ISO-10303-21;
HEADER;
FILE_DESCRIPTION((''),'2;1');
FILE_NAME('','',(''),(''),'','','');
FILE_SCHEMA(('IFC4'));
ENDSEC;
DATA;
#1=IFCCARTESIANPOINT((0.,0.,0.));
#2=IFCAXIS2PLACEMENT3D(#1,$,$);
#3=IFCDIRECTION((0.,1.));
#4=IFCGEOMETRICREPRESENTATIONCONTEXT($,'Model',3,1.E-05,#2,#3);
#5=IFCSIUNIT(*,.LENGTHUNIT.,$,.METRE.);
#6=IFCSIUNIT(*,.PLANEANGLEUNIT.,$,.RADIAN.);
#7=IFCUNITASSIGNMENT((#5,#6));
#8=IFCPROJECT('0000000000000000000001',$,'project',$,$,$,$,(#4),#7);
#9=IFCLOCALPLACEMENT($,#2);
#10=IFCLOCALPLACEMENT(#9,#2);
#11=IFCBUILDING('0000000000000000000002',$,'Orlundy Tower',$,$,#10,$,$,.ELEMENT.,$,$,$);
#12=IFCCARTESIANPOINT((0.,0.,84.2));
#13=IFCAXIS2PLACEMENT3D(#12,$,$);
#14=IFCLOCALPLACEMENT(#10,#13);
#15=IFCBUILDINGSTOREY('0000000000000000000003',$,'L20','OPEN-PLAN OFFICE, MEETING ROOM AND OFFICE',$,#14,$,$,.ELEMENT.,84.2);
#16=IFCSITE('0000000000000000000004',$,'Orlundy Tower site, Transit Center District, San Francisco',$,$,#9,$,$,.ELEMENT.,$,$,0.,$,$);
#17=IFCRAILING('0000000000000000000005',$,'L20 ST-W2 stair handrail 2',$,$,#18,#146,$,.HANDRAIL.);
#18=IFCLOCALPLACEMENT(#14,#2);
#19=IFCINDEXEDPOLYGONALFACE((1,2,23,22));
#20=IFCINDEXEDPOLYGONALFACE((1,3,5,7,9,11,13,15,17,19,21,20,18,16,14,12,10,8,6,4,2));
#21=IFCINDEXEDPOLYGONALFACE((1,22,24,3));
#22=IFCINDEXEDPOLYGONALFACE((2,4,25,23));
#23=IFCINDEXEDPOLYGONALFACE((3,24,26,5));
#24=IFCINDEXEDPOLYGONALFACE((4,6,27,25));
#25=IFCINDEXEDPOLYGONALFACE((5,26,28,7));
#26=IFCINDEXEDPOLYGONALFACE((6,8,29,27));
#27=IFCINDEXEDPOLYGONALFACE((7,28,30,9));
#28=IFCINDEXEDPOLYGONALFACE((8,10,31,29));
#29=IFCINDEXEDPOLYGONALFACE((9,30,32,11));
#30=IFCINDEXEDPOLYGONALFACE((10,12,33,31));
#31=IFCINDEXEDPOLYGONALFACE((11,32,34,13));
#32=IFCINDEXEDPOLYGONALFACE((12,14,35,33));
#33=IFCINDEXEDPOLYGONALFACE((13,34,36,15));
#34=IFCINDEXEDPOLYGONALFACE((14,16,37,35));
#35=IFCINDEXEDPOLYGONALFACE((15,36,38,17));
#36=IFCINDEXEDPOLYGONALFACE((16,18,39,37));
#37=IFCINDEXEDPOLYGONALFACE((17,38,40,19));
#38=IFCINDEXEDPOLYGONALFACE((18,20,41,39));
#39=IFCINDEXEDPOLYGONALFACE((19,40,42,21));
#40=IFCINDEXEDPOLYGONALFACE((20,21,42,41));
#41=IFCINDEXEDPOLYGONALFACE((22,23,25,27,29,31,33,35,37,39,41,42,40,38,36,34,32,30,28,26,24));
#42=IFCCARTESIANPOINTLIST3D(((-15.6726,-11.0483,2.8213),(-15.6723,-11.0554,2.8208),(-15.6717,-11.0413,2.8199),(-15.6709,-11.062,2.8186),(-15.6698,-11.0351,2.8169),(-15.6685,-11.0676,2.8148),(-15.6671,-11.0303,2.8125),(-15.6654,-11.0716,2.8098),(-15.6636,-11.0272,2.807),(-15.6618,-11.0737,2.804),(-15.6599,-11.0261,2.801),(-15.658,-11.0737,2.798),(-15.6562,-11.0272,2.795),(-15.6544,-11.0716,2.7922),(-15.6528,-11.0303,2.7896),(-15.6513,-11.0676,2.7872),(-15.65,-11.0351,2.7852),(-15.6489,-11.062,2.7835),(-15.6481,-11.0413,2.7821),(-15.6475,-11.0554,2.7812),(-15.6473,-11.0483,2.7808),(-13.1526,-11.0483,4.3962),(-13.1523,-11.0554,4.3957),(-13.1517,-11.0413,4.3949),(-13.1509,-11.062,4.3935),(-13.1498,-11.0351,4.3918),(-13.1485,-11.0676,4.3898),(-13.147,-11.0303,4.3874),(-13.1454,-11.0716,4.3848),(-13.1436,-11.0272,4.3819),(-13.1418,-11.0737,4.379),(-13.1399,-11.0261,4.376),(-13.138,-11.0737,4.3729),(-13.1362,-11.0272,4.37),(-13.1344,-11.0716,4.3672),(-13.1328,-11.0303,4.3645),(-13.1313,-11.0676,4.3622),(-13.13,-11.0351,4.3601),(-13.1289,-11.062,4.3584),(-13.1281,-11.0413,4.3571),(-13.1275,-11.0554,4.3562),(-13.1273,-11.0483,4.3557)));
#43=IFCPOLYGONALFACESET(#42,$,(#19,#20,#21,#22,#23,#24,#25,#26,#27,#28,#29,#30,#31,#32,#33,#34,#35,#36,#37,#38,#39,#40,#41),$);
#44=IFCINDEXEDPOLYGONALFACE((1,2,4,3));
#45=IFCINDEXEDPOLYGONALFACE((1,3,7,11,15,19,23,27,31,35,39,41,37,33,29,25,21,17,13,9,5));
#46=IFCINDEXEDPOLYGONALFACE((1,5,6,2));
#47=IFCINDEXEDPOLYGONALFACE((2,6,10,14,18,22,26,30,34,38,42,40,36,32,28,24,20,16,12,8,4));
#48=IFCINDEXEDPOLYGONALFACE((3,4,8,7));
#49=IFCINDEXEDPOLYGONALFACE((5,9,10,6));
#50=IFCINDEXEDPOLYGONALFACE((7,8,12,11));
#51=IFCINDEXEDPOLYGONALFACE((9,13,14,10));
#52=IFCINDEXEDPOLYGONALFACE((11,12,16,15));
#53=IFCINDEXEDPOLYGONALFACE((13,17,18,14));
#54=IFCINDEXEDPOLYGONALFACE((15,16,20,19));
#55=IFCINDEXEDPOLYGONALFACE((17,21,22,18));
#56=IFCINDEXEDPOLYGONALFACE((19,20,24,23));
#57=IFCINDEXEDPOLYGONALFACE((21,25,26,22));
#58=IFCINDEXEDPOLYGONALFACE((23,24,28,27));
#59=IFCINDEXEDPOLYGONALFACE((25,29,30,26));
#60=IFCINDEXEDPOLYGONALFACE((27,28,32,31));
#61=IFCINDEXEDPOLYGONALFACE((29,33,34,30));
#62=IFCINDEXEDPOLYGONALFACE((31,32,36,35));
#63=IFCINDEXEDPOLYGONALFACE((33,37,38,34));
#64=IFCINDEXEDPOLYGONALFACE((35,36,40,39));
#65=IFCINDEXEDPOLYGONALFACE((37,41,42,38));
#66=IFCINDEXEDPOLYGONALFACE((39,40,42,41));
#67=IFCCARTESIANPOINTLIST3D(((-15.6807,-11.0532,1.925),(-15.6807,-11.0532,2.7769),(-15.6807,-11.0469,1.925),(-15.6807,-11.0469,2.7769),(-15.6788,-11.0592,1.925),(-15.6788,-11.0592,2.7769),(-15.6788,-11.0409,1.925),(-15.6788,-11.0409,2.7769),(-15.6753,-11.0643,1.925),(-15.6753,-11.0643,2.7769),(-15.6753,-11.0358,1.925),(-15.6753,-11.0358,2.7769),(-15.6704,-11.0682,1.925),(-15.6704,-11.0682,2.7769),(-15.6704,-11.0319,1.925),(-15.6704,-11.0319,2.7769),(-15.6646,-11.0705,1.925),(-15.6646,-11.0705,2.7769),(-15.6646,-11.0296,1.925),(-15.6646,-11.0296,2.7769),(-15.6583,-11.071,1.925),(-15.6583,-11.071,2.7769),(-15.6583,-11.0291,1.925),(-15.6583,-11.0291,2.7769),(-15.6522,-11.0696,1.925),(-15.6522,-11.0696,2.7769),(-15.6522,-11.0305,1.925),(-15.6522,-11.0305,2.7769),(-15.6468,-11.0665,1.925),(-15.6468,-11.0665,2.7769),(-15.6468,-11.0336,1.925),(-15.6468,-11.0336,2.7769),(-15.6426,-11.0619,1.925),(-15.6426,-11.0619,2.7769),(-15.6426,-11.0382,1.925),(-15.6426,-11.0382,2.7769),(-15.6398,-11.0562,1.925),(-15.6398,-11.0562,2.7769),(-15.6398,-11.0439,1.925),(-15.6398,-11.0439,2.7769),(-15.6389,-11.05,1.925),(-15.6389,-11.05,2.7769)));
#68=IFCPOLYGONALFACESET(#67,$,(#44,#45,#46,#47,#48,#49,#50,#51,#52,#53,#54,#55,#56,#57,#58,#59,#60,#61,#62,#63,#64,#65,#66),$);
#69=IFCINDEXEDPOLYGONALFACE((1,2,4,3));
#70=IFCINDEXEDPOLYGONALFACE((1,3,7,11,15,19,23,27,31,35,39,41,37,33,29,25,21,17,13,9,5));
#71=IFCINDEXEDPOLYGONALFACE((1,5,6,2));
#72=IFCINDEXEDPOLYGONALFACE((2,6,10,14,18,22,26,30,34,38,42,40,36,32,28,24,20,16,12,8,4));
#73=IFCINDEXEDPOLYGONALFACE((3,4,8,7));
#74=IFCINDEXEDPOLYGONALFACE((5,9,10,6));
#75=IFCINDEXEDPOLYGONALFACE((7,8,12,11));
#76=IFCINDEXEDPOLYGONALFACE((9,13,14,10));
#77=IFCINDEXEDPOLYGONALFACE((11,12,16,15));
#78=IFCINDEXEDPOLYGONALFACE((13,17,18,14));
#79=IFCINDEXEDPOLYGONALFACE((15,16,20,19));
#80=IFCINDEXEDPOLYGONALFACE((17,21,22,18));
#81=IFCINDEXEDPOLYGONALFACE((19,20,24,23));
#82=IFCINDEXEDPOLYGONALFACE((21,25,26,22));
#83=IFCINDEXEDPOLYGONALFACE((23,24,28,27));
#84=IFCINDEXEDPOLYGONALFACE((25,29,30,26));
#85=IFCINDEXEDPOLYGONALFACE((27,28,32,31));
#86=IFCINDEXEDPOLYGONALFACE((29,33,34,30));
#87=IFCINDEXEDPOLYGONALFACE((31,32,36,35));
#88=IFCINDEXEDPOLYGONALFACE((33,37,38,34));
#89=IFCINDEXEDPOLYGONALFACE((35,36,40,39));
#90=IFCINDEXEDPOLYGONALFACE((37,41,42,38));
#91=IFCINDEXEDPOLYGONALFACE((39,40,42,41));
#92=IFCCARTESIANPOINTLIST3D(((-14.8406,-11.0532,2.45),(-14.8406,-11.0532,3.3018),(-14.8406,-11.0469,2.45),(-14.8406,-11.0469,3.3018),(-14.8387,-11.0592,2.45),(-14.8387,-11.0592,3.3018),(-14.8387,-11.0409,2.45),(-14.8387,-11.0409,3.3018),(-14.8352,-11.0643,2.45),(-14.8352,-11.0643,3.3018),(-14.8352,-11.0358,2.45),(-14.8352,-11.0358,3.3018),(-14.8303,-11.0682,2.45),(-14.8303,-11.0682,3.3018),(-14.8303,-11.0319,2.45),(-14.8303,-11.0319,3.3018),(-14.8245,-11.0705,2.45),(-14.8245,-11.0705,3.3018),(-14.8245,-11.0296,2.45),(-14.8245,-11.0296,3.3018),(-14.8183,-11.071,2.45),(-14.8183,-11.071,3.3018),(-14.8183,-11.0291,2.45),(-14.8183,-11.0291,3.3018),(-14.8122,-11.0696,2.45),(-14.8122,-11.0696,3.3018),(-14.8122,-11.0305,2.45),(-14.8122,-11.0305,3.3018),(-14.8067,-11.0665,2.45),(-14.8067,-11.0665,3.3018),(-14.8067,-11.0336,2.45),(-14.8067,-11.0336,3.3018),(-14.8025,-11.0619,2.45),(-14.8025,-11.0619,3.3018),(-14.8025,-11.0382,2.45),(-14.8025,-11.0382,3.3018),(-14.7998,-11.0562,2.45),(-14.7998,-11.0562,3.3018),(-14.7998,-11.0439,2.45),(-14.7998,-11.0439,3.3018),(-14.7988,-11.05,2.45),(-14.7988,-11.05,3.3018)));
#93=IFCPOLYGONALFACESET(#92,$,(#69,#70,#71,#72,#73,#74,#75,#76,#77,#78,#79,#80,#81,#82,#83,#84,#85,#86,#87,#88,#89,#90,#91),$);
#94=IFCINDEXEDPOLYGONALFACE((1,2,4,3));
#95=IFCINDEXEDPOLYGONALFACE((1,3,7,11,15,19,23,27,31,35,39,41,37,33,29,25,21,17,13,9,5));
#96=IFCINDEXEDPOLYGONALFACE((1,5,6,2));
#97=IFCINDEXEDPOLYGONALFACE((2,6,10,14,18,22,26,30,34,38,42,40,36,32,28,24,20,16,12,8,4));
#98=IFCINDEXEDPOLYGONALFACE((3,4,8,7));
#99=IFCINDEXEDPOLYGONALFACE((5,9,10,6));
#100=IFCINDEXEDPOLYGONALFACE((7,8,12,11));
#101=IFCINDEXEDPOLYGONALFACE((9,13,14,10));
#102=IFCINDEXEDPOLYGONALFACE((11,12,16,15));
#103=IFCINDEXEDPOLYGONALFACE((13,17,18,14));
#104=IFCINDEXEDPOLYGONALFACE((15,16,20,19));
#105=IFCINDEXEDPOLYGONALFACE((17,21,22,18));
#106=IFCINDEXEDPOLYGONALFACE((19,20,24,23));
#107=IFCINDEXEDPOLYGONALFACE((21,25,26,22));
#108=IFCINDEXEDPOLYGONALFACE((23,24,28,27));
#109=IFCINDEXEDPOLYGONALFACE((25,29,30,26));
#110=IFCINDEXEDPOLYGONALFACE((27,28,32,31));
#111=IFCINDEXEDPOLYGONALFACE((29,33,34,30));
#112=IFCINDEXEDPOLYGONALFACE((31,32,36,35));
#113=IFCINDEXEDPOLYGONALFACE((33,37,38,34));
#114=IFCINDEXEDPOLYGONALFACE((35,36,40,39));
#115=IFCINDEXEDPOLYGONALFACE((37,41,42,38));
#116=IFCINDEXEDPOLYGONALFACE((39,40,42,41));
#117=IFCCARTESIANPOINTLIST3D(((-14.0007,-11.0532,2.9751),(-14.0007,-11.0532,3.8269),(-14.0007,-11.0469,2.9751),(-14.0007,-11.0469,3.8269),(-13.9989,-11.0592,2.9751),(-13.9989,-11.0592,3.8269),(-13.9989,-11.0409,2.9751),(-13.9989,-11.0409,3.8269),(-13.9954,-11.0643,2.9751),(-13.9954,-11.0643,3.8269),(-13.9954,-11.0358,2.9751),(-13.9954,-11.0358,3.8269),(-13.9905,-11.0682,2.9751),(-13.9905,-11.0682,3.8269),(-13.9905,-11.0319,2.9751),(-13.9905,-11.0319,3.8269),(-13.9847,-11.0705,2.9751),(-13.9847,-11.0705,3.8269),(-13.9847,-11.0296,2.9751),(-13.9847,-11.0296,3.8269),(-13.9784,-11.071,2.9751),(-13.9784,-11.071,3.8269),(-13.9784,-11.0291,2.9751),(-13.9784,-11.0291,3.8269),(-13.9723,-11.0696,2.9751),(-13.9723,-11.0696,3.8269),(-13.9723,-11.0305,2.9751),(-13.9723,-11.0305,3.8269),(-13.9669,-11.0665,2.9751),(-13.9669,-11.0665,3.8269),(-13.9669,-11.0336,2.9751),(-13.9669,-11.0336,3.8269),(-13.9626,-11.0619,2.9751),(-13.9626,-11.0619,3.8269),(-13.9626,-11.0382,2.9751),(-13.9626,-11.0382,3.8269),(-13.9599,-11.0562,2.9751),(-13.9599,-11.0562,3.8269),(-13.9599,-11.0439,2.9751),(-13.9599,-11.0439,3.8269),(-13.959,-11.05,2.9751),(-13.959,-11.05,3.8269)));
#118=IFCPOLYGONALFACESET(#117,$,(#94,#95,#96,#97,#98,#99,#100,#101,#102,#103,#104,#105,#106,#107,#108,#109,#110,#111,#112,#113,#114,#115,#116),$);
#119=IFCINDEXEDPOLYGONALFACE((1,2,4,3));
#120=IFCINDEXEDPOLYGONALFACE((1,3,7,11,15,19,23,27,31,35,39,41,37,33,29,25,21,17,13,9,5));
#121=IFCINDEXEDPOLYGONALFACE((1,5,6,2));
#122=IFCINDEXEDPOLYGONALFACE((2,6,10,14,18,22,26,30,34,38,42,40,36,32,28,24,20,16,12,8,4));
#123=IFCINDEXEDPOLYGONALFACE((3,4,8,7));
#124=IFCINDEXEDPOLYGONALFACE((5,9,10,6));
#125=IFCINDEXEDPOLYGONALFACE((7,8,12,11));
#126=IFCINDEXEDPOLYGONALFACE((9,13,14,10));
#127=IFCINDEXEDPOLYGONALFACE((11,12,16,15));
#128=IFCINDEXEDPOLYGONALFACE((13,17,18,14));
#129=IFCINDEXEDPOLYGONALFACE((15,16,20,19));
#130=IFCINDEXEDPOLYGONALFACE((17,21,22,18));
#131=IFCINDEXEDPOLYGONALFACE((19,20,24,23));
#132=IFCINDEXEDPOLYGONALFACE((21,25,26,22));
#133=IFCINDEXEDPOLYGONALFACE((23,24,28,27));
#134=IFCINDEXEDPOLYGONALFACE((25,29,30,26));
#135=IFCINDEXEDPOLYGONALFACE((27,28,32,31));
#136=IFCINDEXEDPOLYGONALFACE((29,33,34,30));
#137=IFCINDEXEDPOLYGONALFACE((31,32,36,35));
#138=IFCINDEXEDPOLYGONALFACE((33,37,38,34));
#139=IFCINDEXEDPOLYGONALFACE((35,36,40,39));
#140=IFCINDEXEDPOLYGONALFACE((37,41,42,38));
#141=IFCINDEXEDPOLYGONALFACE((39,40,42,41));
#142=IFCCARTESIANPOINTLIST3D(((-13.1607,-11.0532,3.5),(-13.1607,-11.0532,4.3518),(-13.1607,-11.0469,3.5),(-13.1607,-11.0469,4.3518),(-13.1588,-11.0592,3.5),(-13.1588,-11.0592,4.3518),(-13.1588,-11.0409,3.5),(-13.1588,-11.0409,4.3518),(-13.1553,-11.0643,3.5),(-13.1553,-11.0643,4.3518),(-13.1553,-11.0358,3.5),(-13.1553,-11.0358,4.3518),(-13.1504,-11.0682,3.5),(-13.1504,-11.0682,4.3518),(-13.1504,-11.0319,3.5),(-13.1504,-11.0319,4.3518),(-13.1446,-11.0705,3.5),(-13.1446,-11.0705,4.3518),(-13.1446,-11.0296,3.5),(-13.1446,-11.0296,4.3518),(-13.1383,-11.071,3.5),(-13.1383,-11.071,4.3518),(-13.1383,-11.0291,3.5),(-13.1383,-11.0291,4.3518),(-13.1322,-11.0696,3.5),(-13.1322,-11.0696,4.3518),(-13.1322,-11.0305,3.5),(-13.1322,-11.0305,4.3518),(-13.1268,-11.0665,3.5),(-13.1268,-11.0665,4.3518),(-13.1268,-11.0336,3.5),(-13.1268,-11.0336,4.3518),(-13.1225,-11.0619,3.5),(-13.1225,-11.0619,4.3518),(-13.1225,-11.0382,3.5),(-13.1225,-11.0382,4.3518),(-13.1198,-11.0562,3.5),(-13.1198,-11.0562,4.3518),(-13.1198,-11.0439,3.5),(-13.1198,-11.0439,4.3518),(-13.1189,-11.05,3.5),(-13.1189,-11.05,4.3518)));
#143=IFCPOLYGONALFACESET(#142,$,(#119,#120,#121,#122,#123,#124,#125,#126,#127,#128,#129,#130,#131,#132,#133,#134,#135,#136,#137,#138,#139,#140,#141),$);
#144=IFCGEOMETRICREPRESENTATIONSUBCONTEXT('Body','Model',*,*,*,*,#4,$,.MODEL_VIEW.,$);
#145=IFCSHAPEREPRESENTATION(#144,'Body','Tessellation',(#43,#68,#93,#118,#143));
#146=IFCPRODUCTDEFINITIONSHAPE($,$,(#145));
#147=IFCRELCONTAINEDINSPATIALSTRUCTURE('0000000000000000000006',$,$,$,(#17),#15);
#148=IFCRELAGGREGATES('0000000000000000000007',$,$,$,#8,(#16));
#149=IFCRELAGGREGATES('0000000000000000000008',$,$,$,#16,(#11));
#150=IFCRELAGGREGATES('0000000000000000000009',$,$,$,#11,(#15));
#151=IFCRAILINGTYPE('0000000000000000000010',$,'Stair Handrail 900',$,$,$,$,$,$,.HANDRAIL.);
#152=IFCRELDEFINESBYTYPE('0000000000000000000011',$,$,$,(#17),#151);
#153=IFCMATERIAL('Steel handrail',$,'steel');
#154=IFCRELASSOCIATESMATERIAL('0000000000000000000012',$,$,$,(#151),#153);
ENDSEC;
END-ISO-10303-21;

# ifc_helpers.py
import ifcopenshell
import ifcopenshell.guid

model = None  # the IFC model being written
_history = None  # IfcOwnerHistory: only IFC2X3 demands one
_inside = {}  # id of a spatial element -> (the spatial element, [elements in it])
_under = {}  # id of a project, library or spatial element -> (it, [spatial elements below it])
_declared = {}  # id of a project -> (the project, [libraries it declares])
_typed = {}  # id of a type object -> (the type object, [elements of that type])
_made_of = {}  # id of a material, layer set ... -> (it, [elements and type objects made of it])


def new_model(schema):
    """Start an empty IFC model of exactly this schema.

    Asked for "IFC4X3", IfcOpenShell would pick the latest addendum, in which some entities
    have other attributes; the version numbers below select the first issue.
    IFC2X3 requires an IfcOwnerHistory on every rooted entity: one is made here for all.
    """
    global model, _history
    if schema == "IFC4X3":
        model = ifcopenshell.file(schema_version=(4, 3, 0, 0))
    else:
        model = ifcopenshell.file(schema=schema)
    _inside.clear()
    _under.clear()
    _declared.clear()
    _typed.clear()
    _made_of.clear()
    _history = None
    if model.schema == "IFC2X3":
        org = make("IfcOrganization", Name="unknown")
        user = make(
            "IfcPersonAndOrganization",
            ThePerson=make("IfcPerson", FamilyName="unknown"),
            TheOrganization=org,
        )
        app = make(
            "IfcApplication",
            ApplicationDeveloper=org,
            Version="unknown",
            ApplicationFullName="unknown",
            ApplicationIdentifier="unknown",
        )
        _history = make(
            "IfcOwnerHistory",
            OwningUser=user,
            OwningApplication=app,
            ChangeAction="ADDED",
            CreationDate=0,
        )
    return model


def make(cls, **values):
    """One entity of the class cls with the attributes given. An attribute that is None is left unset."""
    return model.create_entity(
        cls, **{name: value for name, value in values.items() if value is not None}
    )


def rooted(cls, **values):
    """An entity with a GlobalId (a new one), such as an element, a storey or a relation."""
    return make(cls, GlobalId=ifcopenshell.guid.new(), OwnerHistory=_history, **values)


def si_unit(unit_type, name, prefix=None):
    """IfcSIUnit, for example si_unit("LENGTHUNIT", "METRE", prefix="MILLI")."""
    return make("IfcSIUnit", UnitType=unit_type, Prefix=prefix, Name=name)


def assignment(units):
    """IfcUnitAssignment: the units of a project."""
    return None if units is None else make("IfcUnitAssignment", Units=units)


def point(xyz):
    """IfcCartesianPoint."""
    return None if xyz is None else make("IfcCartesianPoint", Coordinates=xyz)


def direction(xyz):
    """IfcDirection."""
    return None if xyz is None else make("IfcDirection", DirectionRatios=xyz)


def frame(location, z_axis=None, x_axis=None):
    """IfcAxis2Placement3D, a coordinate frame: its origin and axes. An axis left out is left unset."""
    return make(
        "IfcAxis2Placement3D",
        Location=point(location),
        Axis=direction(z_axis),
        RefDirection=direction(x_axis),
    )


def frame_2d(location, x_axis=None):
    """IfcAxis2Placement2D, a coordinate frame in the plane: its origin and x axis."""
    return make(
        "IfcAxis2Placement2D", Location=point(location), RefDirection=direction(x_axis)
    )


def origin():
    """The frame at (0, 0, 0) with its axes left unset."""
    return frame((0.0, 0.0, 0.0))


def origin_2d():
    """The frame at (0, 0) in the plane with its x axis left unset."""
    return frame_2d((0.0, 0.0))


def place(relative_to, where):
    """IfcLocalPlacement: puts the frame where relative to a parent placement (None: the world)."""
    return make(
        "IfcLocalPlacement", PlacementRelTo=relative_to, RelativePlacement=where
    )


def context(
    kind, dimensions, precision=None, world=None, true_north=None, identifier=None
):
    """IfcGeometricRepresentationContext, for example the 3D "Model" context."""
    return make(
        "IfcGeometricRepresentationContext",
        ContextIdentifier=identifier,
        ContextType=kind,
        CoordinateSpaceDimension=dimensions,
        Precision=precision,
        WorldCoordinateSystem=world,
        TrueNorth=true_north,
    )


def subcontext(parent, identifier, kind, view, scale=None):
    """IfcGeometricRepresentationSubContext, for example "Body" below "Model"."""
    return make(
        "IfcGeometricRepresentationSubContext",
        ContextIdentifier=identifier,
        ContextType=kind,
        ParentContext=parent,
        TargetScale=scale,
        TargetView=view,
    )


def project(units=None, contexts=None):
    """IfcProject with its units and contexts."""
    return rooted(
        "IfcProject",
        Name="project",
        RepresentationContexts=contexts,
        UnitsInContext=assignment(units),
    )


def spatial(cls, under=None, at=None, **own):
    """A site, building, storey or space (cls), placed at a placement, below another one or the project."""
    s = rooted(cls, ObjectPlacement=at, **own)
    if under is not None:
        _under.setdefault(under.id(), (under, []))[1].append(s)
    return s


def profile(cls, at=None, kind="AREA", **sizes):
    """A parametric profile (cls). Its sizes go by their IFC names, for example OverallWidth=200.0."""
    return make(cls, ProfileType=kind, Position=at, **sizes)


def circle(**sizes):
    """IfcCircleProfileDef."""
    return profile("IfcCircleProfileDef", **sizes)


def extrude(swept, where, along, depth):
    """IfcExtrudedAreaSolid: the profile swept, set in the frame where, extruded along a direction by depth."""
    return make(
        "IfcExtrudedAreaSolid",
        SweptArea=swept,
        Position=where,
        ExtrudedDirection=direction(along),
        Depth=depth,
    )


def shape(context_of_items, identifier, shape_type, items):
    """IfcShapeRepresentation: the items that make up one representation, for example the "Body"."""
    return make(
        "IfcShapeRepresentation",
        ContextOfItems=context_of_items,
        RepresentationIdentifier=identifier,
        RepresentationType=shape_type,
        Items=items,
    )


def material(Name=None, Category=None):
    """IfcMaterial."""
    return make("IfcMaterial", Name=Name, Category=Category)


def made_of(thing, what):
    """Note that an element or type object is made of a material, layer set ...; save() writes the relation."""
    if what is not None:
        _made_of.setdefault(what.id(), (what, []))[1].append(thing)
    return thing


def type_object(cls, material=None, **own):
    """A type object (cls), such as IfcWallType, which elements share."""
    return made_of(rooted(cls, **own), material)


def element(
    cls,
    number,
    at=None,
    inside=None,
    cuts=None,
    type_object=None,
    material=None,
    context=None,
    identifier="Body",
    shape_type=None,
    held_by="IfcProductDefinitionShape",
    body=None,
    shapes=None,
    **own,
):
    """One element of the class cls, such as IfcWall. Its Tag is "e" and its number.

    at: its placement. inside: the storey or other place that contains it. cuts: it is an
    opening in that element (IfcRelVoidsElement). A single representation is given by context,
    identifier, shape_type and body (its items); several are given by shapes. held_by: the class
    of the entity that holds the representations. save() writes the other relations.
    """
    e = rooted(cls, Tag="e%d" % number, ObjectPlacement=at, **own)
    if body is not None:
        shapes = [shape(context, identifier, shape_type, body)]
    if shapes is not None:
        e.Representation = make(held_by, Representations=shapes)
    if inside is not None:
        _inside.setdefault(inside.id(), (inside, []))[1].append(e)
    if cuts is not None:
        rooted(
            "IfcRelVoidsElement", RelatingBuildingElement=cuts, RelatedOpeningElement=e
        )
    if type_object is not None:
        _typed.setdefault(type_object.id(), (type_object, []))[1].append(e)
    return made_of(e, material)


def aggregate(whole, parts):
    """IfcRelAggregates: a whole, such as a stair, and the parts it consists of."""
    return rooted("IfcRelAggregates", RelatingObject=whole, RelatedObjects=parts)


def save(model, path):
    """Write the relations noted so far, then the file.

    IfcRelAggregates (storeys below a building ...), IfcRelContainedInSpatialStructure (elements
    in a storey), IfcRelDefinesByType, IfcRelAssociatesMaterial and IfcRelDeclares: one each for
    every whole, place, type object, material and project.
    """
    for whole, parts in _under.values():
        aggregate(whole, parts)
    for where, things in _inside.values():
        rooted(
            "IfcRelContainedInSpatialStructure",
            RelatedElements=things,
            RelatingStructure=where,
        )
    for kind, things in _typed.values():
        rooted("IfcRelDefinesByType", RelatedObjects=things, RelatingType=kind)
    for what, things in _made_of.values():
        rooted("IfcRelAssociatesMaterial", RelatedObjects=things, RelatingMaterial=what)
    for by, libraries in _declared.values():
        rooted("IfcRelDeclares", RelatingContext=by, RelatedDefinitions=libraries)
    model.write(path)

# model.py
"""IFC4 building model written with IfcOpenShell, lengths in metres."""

from ifc_helpers import new_model, si_unit, direction, frame, origin, origin_2d, place, context, subcontext, project, spatial, circle, extrude, material, type_object, element, save


model = new_model("IFC4")

# Units and contexts
model_context = context("Model", 3, precision=1e-05, world=origin(), true_north=direction((0.0, 1.0)))
body_context = subcontext(model_context, "Body", "Model", "MODEL_VIEW")
ifc_project = project(units=[si_unit("LENGTHUNIT", "METRE"), si_unit("PLANEANGLEUNIT", "RADIAN")], contexts=[model_context])

# Site, building, storey
site_placement = place(None, origin())
site = spatial("IfcSite", under=ifc_project, at=site_placement, Name="Orlundy Tower site, Transit Center District, San Francisco", CompositionType="ELEMENT", RefElevation=0.0)
building_placement = place(site_placement, origin())
building = spatial("IfcBuilding", under=site, at=building_placement, Name="Orlundy Tower", CompositionType="ELEMENT")
storey_placement = place(building_placement, frame((0.0, 0.0, 84.2)))
storey = spatial("IfcBuildingStorey", under=building, at=storey_placement, Name="L20", Description="OPEN-PLAN OFFICE, MEETING ROOM AND OFFICE", CompositionType="ELEMENT", Elevation=84.2)

# Railing
ifc_material_1 = material(Name="Steel handrail", Category="steel")
railing_type_1 = type_object("IfcRailingType", Name="Stair Handrail 900", PredefinedType="HANDRAIL", material=ifc_material_1)
railing_1_placement = place(storey_placement, frame((-15.6599, -11.05, 1.925)))
element("IfcRailing", 1, at=railing_1_placement, inside=storey, type_object=railing_type_1, Name="L20 ST-W2 stair handrail 2", PredefinedType="HANDRAIL", context=body_context, shape_type="SweptSolid", body=[
    extrude(circle(Radius=0.0239, at=origin_2d()), frame((0.0, 0.0, 0.876), z_axis=(0.848008, 0.0, 0.529984), x_axis=(0.0, 1.0, 0.0)), (0.0, 0.0, 1.0), 2.9717),
    extrude(circle(Radius=0.021, at=origin_2d()), origin(), (0.0, 0.0, 1.0), 0.8518),
    extrude(circle(Radius=0.021, at=origin_2d()), frame((0.8401, 0.0, 0.5249)), (0.0, 0.0, 1.0), 0.8518),
    extrude(circle(Radius=0.021, at=origin_2d()), frame((1.6799, 0.0, 1.05)), (0.0, 0.0, 1.0), 0.8518),
    extrude(circle(Radius=0.021, at=origin_2d()), frame((2.52, 0.0, 1.575)), (0.0, 0.0, 1.0), 0.8518),
])

save(model, "model.ifc")
